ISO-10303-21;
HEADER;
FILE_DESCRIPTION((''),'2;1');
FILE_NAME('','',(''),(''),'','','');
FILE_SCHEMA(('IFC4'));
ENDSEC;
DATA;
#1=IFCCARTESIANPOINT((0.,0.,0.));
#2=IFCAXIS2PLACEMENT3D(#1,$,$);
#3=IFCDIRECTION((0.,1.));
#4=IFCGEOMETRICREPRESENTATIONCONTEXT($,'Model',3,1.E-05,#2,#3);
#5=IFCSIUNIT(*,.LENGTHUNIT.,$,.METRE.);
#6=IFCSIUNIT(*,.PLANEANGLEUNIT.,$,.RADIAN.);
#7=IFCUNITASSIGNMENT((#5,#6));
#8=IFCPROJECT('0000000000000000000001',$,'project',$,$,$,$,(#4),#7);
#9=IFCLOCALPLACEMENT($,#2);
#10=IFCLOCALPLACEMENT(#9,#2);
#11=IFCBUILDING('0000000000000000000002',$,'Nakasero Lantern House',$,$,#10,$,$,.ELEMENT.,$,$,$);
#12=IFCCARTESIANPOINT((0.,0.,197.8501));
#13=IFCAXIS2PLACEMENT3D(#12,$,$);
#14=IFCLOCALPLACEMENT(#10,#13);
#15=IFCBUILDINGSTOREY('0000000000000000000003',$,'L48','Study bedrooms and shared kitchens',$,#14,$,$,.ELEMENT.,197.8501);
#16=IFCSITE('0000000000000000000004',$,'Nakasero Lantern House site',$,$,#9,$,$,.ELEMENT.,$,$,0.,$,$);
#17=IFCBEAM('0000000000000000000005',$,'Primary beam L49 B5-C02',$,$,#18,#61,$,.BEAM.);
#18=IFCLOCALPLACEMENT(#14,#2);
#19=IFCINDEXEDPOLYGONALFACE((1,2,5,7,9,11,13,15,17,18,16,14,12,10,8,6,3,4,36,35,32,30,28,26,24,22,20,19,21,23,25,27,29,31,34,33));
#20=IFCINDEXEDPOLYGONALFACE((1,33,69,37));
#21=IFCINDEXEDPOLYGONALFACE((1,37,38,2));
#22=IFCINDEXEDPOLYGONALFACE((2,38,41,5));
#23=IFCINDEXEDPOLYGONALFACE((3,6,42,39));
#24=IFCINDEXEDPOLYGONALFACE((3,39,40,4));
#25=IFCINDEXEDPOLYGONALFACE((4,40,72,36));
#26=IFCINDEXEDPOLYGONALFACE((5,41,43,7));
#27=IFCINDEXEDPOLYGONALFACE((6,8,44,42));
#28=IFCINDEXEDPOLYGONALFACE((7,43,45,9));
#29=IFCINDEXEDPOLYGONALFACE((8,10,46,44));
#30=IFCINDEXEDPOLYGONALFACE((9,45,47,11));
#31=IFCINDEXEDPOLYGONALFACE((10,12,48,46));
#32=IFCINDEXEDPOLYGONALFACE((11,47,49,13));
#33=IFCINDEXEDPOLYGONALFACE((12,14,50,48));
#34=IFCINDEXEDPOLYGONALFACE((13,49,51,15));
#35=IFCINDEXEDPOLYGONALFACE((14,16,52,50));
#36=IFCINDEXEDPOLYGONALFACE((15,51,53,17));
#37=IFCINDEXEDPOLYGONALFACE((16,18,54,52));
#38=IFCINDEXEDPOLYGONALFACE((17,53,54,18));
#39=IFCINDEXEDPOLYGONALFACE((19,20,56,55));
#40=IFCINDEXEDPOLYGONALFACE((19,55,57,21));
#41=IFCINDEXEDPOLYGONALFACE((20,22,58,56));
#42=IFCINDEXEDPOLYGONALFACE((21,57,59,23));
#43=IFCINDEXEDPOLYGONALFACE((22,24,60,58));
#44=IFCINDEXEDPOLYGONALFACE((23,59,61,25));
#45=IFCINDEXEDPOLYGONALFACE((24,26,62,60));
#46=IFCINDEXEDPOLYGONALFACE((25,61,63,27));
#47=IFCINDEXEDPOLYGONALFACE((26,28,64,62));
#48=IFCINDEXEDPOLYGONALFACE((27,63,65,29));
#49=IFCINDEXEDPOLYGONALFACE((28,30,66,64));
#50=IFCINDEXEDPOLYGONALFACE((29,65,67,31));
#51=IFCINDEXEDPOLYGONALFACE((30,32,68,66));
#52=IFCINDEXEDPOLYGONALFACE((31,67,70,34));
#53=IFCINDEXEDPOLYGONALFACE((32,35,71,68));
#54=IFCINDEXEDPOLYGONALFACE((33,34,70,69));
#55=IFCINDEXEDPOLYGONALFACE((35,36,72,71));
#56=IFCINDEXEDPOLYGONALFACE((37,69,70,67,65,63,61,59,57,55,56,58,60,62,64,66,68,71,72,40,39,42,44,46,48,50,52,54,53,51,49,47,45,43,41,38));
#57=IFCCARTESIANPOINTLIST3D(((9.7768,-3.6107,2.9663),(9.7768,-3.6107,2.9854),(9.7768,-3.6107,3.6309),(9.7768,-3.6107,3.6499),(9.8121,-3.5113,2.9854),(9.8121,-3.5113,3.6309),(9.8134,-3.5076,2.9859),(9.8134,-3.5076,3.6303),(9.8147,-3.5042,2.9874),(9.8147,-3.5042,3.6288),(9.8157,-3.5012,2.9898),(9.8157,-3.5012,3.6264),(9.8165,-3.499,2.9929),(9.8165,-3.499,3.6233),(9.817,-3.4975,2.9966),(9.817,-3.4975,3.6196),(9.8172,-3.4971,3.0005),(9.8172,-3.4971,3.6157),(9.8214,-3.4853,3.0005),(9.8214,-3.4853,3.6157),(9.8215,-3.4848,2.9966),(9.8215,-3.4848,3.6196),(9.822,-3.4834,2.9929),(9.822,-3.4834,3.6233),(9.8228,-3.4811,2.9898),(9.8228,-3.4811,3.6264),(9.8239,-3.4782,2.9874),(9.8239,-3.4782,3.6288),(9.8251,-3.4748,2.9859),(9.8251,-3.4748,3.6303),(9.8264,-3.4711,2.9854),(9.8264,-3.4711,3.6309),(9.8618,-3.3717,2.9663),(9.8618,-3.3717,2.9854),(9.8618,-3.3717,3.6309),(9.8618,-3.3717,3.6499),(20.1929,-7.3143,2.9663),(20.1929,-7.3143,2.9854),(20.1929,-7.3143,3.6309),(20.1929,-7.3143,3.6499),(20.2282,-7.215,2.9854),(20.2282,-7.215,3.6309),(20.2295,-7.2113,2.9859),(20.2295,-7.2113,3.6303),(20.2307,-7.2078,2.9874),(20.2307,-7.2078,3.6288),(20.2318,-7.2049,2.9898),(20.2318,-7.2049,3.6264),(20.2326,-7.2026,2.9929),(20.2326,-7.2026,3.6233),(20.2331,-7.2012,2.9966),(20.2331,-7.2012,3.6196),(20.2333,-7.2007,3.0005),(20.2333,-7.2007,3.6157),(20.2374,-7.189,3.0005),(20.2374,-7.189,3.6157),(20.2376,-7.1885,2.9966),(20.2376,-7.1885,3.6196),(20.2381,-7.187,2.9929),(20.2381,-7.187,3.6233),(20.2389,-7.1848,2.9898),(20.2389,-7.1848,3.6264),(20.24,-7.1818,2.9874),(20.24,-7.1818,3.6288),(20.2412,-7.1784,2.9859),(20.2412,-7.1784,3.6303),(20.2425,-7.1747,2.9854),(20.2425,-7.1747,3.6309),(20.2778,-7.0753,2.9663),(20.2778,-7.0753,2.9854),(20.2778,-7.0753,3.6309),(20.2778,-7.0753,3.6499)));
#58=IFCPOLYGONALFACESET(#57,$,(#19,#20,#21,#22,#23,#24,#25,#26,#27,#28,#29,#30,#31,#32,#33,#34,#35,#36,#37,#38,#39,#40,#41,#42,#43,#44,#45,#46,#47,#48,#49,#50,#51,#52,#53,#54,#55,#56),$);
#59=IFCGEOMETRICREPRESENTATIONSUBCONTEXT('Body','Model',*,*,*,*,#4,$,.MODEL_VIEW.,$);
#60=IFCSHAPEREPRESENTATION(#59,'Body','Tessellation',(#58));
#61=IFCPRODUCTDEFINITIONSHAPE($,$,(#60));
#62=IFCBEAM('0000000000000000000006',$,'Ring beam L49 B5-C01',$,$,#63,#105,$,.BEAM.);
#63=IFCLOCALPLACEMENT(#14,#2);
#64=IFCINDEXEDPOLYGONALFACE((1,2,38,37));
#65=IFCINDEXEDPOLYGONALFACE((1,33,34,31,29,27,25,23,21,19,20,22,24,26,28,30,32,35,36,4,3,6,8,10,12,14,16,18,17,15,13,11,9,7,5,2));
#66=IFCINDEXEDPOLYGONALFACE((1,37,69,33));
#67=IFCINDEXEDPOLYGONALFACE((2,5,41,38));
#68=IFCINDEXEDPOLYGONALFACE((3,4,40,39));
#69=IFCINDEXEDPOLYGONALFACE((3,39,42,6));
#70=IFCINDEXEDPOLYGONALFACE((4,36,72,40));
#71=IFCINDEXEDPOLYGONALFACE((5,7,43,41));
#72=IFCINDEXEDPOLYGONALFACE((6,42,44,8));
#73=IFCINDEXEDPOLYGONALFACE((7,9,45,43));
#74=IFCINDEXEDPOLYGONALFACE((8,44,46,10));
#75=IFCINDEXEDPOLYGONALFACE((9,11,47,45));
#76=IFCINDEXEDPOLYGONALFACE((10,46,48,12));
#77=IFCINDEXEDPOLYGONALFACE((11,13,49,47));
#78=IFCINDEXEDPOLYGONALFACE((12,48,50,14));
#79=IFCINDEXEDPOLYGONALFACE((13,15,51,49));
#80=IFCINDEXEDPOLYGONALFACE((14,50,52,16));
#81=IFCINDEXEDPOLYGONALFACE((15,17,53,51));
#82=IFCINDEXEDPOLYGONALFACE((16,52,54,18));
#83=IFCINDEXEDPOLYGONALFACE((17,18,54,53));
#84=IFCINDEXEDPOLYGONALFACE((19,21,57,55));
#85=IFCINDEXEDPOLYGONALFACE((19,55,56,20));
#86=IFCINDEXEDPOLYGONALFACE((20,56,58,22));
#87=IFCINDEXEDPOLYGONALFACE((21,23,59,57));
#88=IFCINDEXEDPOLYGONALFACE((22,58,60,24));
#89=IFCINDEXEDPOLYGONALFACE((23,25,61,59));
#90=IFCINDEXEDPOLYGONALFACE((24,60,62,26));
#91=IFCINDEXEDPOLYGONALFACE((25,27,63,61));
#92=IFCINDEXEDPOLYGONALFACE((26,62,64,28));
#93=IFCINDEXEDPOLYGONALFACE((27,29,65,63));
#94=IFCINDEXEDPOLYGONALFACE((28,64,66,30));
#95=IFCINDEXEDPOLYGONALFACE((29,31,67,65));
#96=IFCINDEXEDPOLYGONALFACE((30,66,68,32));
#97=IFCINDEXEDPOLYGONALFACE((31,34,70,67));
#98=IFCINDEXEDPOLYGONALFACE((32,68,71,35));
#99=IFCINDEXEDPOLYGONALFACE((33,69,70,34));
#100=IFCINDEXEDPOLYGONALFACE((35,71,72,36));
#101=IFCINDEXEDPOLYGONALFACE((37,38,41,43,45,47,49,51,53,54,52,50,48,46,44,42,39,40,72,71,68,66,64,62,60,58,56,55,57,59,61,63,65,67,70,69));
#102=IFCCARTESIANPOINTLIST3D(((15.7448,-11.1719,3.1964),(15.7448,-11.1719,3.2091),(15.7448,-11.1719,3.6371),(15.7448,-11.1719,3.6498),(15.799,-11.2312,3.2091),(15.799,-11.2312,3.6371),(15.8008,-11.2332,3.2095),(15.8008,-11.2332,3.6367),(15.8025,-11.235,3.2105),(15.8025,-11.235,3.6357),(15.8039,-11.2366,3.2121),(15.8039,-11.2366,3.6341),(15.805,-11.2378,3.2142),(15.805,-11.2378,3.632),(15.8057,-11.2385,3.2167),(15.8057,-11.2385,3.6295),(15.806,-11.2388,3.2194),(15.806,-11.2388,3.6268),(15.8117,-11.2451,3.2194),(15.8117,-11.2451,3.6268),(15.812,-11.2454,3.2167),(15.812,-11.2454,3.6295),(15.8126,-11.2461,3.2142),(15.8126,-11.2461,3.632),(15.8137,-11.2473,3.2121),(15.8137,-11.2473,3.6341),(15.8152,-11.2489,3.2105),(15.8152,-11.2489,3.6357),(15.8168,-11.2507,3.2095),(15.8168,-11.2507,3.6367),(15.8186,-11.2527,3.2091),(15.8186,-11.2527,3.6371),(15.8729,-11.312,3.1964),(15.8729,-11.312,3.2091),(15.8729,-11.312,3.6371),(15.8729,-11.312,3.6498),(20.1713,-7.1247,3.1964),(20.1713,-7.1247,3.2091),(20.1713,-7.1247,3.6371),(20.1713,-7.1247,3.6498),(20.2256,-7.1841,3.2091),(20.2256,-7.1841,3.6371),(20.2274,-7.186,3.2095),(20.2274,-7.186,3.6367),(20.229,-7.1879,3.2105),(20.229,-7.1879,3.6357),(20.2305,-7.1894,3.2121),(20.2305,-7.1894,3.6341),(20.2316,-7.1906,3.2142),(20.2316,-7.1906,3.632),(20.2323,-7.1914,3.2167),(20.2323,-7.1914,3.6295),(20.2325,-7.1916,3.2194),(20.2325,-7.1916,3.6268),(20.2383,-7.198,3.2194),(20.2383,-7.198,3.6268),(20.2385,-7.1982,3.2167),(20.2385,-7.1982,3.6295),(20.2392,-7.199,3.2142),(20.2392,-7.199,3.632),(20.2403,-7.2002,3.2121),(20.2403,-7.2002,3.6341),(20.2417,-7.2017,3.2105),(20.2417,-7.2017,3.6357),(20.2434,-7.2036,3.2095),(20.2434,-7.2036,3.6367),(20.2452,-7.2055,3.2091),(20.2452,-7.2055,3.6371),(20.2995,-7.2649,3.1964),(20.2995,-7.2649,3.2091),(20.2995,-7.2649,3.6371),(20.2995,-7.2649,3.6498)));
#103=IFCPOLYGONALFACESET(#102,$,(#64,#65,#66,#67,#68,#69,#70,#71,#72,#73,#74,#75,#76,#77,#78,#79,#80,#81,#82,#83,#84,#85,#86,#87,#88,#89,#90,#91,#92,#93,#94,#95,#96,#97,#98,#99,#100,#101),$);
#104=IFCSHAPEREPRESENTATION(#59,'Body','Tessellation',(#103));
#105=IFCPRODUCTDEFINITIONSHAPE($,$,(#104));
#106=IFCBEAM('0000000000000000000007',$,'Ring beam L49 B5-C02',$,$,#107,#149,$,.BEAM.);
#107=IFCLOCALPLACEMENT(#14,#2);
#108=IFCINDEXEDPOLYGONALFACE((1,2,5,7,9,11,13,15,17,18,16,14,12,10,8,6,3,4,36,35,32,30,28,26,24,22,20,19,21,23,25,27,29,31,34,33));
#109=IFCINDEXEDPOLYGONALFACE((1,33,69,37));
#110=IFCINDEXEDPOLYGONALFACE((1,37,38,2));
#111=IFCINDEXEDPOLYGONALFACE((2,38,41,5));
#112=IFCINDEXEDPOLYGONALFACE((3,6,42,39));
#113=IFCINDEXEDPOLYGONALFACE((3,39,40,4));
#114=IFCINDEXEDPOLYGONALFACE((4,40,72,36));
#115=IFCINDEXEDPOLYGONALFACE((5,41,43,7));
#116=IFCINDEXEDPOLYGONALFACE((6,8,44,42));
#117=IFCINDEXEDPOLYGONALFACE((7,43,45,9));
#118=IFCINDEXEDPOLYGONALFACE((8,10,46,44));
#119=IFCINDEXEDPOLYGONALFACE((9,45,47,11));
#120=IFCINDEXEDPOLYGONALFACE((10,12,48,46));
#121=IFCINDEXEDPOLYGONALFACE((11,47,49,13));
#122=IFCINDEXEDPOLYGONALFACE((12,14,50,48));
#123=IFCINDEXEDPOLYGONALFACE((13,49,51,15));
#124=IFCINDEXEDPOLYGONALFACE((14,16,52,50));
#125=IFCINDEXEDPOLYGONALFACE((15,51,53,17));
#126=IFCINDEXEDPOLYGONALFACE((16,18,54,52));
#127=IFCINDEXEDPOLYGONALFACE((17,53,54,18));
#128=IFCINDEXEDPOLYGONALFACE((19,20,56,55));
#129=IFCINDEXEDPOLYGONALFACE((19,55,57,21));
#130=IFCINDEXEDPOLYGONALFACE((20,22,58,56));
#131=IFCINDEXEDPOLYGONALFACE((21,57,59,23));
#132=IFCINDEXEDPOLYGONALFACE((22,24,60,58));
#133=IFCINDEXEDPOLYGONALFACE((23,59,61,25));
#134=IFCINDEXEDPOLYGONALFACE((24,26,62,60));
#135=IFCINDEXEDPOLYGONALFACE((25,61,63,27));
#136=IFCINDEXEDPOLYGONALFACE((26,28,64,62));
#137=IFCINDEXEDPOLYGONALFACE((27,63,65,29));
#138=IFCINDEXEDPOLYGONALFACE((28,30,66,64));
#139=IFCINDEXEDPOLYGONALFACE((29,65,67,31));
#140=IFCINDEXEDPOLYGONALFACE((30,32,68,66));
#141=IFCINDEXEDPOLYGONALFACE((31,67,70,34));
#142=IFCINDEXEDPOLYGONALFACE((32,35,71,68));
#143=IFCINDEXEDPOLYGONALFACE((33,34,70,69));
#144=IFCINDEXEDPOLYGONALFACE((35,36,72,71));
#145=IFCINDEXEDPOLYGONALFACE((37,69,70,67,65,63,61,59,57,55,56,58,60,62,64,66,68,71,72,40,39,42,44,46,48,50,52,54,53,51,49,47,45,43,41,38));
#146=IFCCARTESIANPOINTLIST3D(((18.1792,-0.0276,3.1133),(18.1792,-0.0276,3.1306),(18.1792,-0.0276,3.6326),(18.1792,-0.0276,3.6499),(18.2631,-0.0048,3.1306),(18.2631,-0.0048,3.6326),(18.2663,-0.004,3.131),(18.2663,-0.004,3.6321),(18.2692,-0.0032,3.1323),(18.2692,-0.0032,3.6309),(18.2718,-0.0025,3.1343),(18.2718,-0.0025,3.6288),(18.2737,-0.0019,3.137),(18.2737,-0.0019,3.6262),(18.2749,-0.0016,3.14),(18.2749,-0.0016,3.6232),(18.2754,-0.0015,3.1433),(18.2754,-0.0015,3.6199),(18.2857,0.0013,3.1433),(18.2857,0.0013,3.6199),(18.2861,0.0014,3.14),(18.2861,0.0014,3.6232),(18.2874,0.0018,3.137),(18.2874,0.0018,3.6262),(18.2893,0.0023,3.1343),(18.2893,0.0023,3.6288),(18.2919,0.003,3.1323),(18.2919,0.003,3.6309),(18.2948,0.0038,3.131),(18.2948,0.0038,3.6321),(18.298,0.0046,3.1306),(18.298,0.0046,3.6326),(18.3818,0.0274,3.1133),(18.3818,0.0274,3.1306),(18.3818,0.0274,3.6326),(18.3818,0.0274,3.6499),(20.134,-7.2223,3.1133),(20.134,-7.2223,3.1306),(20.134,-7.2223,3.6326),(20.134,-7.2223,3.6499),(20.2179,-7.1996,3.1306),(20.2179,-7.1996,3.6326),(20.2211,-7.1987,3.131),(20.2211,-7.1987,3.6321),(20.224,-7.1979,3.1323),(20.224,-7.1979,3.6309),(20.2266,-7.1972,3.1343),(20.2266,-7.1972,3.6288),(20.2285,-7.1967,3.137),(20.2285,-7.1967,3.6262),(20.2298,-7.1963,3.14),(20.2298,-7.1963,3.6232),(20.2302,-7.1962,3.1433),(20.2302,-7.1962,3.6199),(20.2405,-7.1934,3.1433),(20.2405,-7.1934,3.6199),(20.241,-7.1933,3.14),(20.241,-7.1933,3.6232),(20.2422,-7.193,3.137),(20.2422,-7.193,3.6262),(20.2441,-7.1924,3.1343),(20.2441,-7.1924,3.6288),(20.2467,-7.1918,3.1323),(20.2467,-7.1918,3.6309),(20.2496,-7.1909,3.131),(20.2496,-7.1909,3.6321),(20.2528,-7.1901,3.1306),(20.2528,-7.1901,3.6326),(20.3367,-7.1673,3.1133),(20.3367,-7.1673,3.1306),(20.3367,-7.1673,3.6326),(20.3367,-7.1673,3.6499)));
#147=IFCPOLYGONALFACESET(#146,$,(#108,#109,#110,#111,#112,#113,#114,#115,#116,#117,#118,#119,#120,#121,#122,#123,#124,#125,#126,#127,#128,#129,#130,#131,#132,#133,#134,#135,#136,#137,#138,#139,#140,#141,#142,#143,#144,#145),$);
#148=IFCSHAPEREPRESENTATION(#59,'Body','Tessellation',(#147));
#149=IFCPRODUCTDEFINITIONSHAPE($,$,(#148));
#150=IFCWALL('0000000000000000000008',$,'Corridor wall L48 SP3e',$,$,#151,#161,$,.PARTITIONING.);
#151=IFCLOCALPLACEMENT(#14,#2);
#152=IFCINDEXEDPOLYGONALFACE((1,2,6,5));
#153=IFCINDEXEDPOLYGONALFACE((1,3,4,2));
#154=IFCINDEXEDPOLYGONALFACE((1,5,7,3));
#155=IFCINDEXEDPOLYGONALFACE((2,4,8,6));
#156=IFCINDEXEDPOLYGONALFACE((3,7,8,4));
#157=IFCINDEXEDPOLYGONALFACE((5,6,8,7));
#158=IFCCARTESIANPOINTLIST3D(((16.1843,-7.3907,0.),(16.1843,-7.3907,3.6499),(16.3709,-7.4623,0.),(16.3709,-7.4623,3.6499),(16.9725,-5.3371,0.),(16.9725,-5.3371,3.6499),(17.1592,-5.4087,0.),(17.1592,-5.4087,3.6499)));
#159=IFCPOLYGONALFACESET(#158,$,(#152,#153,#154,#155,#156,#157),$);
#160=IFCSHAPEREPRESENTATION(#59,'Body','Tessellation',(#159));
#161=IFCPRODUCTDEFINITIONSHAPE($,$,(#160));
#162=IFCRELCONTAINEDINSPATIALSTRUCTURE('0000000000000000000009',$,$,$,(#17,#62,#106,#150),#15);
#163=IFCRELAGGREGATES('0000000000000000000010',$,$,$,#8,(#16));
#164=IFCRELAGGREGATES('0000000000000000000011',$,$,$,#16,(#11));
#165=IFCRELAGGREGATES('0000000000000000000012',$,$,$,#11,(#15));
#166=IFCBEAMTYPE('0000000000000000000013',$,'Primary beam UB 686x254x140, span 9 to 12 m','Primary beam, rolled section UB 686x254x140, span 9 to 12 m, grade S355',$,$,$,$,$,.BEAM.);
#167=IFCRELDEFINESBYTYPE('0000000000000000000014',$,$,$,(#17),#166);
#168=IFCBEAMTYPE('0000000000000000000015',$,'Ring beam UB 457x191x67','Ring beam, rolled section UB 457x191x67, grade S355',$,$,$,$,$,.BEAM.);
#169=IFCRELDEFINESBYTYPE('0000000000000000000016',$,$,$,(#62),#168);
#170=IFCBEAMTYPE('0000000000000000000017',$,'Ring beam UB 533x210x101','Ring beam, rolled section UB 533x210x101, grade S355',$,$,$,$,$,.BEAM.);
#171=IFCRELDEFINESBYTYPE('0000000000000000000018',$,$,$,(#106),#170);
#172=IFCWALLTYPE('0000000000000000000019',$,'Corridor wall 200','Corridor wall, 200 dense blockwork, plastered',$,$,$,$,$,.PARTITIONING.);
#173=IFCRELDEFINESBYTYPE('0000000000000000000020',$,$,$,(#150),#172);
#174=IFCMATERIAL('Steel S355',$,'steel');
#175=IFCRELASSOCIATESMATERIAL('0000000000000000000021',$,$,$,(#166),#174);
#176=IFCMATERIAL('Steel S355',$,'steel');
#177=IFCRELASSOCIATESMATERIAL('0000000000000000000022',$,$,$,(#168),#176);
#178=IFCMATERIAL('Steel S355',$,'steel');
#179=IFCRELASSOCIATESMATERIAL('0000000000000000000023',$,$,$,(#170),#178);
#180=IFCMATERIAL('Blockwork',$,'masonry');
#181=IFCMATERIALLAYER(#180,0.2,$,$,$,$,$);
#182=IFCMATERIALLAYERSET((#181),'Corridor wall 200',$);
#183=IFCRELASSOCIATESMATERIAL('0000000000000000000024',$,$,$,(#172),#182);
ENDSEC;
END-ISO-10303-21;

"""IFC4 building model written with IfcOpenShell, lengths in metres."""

from ifc_helpers import new_model, si_unit, direction, frame, frame_2d, origin, origin_2d, place, context, subcontext, project, spatial, rectangle, i_section, extrude, material, layer, layer_set, material_profile, profile_set, type_object, element, save


model = new_model("IFC4")

# Units and contexts
model_context = context("Model", 3, precision=1e-05, world=origin(), true_north=direction((0.0, 1.0)))
body_context = subcontext(model_context, "Body", "Model", "MODEL_VIEW")
ifc_project = project(units=[si_unit("LENGTHUNIT", "METRE"), si_unit("PLANEANGLEUNIT", "RADIAN")], contexts=[model_context])

# Site, building, storey
site_placement = place(None, origin())
site = spatial("IfcSite", under=ifc_project, at=site_placement, Name="Nakasero Lantern House site", CompositionType="ELEMENT", RefElevation=0.0)
building_placement = place(site_placement, origin())
building = spatial("IfcBuilding", under=site, at=building_placement, Name="Nakasero Lantern House", CompositionType="ELEMENT")
storey_placement = place(building_placement, frame((0.0, 0.0, 197.8501)))
storey = spatial("IfcBuildingStorey", under=building, at=storey_placement, Name="L48", Description="Study bedrooms and shared kitchens", CompositionType="ELEMENT", Elevation=197.8501)

# Beams
ifc_material_1 = material(Name="Steel S355", Category="steel")
ifc_material_profile_1 = material_profile(ifc_material_1, i_section(OverallWidth=0.2537, OverallDepth=0.6836, WebThickness=0.0125, FlangeThickness=0.019, FilletRadius=0.0151, at=origin_2d()), Name="UB 686x254x140")
ifc_profile_set_1 = profile_set([ifc_material_profile_1], Name="Steel S355")
beam_type_1 = type_object("IfcBeamType", Name="Primary beam UB 686x254x140, span 9 to 12 m", Description="Primary beam, rolled section UB 686x254x140, span 9 to 12 m, grade S355", PredefinedType="BEAM", material=ifc_profile_set_1)
beam_1_placement = place(storey_placement, frame((20.2354, -7.1948, 3.3081), z_axis=(-0.942211, 0.335021, 0.0), x_axis=(-0.335021, -0.942211, 0.0)))
element("IfcBeam", 1, at=beam_1_placement, inside=storey, type_object=beam_type_1, Name="Primary beam L49 B5-C02", PredefinedType="BEAM", context=body_context, shape_type="SweptSolid", body=[
    extrude(i_section(OverallWidth=0.2537, OverallDepth=0.6836, WebThickness=0.0125, FlangeThickness=0.019, FilletRadius=0.0151, at=origin_2d()), origin(), (0.0, 0.0, 1.0), 11.0549),
])
ifc_material_2 = material(Name="Steel S355", Category="steel")
ifc_material_profile_2 = material_profile(ifc_material_2, i_section(OverallWidth=0.1899, OverallDepth=0.4534, WebThickness=0.0085, FlangeThickness=0.0127, FilletRadius=0.0103, at=origin_2d()), Name="UB 457x191x67")
ifc_profile_set_2 = profile_set([ifc_material_profile_2], Name="Steel S355")
beam_type_2 = type_object("IfcBeamType", Name="Ring beam UB 457x191x67", Description="Ring beam, rolled section UB 457x191x67, grade S355", PredefinedType="BEAM", material=ifc_profile_set_2)
beam_2_placement = place(storey_placement, frame((15.8088, -11.2419, 3.4231), z_axis=(0.738027, 0.674771, 0.0), x_axis=(-0.674771, 0.738027, 0.0)))
element("IfcBeam", 2, at=beam_2_placement, inside=storey, type_object=beam_type_2, Name="Ring beam L49 B5-C01", PredefinedType="BEAM", context=body_context, shape_type="SweptSolid", body=[
    extrude(i_section(OverallWidth=0.1899, OverallDepth=0.4534, WebThickness=0.0085, FlangeThickness=0.0127, FilletRadius=0.0103, at=origin_2d()), origin(), (0.0, 0.0, 1.0), 5.9978),
])
ifc_material_3 = material(Name="Steel S355", Category="steel")
ifc_material_profile_3 = material_profile(ifc_material_3, i_section(OverallWidth=0.21, OverallDepth=0.5366, WebThickness=0.0107, FlangeThickness=0.0173, FilletRadius=0.0127, at=origin_2d()), Name="UB 533x210x101")
ifc_profile_set_3 = profile_set([ifc_material_profile_3], Name="Steel S355")
beam_type_3 = type_object("IfcBeamType", Name="Ring beam UB 533x210x101", Description="Ring beam, rolled section UB 533x210x101, grade S355", PredefinedType="BEAM", material=ifc_profile_set_3)
beam_3_placement = place(storey_placement, frame((20.2354, -7.1948, 3.3816), z_axis=(-0.262195, 0.965015, 0.0), x_axis=(-0.965015, -0.262195, 0.0)))
element("IfcBeam", 3, at=beam_3_placement, inside=storey, type_object=beam_type_3, Name="Ring beam L49 B5-C02", PredefinedType="BEAM", context=body_context, shape_type="SweptSolid", body=[
    extrude(i_section(OverallWidth=0.21, OverallDepth=0.5366, WebThickness=0.0107, FlangeThickness=0.0173, FilletRadius=0.0127, at=origin_2d()), origin(), (0.0, 0.0, 1.0), 7.4556),
])

# Wall
ifc_material_4 = material(Name="Blockwork", Category="masonry")
ifc_layer_1 = layer(ifc_material_4, 0.2)
ifc_layer_set_1 = layer_set([ifc_layer_1], Name="Corridor wall 200")
wall_type_1 = type_object("IfcWallType", Name="Corridor wall 200", Description="Corridor wall, 200 dense blockwork, plastered", PredefinedType="PARTITIONING", material=ifc_layer_set_1)
wall_1_placement = place(storey_placement, frame((16.2776, -7.4265, 0.0), z_axis=(0.0, 0.0, 1.0), x_axis=(0.358362, 0.933583, 0.0)))
element("IfcWall", 4, at=wall_1_placement, inside=storey, type_object=wall_type_1, Name="Corridor wall L48 SP3e", PredefinedType="PARTITIONING", context=body_context, shape_type="SweptSolid", body=[
    extrude(rectangle(XDim=2.1997, YDim=0.2, at=frame_2d((1.0999, 0.0))), origin(), (0.0, 0.0, 1.0), 3.6499),
])

save(model, "model.ifc")
